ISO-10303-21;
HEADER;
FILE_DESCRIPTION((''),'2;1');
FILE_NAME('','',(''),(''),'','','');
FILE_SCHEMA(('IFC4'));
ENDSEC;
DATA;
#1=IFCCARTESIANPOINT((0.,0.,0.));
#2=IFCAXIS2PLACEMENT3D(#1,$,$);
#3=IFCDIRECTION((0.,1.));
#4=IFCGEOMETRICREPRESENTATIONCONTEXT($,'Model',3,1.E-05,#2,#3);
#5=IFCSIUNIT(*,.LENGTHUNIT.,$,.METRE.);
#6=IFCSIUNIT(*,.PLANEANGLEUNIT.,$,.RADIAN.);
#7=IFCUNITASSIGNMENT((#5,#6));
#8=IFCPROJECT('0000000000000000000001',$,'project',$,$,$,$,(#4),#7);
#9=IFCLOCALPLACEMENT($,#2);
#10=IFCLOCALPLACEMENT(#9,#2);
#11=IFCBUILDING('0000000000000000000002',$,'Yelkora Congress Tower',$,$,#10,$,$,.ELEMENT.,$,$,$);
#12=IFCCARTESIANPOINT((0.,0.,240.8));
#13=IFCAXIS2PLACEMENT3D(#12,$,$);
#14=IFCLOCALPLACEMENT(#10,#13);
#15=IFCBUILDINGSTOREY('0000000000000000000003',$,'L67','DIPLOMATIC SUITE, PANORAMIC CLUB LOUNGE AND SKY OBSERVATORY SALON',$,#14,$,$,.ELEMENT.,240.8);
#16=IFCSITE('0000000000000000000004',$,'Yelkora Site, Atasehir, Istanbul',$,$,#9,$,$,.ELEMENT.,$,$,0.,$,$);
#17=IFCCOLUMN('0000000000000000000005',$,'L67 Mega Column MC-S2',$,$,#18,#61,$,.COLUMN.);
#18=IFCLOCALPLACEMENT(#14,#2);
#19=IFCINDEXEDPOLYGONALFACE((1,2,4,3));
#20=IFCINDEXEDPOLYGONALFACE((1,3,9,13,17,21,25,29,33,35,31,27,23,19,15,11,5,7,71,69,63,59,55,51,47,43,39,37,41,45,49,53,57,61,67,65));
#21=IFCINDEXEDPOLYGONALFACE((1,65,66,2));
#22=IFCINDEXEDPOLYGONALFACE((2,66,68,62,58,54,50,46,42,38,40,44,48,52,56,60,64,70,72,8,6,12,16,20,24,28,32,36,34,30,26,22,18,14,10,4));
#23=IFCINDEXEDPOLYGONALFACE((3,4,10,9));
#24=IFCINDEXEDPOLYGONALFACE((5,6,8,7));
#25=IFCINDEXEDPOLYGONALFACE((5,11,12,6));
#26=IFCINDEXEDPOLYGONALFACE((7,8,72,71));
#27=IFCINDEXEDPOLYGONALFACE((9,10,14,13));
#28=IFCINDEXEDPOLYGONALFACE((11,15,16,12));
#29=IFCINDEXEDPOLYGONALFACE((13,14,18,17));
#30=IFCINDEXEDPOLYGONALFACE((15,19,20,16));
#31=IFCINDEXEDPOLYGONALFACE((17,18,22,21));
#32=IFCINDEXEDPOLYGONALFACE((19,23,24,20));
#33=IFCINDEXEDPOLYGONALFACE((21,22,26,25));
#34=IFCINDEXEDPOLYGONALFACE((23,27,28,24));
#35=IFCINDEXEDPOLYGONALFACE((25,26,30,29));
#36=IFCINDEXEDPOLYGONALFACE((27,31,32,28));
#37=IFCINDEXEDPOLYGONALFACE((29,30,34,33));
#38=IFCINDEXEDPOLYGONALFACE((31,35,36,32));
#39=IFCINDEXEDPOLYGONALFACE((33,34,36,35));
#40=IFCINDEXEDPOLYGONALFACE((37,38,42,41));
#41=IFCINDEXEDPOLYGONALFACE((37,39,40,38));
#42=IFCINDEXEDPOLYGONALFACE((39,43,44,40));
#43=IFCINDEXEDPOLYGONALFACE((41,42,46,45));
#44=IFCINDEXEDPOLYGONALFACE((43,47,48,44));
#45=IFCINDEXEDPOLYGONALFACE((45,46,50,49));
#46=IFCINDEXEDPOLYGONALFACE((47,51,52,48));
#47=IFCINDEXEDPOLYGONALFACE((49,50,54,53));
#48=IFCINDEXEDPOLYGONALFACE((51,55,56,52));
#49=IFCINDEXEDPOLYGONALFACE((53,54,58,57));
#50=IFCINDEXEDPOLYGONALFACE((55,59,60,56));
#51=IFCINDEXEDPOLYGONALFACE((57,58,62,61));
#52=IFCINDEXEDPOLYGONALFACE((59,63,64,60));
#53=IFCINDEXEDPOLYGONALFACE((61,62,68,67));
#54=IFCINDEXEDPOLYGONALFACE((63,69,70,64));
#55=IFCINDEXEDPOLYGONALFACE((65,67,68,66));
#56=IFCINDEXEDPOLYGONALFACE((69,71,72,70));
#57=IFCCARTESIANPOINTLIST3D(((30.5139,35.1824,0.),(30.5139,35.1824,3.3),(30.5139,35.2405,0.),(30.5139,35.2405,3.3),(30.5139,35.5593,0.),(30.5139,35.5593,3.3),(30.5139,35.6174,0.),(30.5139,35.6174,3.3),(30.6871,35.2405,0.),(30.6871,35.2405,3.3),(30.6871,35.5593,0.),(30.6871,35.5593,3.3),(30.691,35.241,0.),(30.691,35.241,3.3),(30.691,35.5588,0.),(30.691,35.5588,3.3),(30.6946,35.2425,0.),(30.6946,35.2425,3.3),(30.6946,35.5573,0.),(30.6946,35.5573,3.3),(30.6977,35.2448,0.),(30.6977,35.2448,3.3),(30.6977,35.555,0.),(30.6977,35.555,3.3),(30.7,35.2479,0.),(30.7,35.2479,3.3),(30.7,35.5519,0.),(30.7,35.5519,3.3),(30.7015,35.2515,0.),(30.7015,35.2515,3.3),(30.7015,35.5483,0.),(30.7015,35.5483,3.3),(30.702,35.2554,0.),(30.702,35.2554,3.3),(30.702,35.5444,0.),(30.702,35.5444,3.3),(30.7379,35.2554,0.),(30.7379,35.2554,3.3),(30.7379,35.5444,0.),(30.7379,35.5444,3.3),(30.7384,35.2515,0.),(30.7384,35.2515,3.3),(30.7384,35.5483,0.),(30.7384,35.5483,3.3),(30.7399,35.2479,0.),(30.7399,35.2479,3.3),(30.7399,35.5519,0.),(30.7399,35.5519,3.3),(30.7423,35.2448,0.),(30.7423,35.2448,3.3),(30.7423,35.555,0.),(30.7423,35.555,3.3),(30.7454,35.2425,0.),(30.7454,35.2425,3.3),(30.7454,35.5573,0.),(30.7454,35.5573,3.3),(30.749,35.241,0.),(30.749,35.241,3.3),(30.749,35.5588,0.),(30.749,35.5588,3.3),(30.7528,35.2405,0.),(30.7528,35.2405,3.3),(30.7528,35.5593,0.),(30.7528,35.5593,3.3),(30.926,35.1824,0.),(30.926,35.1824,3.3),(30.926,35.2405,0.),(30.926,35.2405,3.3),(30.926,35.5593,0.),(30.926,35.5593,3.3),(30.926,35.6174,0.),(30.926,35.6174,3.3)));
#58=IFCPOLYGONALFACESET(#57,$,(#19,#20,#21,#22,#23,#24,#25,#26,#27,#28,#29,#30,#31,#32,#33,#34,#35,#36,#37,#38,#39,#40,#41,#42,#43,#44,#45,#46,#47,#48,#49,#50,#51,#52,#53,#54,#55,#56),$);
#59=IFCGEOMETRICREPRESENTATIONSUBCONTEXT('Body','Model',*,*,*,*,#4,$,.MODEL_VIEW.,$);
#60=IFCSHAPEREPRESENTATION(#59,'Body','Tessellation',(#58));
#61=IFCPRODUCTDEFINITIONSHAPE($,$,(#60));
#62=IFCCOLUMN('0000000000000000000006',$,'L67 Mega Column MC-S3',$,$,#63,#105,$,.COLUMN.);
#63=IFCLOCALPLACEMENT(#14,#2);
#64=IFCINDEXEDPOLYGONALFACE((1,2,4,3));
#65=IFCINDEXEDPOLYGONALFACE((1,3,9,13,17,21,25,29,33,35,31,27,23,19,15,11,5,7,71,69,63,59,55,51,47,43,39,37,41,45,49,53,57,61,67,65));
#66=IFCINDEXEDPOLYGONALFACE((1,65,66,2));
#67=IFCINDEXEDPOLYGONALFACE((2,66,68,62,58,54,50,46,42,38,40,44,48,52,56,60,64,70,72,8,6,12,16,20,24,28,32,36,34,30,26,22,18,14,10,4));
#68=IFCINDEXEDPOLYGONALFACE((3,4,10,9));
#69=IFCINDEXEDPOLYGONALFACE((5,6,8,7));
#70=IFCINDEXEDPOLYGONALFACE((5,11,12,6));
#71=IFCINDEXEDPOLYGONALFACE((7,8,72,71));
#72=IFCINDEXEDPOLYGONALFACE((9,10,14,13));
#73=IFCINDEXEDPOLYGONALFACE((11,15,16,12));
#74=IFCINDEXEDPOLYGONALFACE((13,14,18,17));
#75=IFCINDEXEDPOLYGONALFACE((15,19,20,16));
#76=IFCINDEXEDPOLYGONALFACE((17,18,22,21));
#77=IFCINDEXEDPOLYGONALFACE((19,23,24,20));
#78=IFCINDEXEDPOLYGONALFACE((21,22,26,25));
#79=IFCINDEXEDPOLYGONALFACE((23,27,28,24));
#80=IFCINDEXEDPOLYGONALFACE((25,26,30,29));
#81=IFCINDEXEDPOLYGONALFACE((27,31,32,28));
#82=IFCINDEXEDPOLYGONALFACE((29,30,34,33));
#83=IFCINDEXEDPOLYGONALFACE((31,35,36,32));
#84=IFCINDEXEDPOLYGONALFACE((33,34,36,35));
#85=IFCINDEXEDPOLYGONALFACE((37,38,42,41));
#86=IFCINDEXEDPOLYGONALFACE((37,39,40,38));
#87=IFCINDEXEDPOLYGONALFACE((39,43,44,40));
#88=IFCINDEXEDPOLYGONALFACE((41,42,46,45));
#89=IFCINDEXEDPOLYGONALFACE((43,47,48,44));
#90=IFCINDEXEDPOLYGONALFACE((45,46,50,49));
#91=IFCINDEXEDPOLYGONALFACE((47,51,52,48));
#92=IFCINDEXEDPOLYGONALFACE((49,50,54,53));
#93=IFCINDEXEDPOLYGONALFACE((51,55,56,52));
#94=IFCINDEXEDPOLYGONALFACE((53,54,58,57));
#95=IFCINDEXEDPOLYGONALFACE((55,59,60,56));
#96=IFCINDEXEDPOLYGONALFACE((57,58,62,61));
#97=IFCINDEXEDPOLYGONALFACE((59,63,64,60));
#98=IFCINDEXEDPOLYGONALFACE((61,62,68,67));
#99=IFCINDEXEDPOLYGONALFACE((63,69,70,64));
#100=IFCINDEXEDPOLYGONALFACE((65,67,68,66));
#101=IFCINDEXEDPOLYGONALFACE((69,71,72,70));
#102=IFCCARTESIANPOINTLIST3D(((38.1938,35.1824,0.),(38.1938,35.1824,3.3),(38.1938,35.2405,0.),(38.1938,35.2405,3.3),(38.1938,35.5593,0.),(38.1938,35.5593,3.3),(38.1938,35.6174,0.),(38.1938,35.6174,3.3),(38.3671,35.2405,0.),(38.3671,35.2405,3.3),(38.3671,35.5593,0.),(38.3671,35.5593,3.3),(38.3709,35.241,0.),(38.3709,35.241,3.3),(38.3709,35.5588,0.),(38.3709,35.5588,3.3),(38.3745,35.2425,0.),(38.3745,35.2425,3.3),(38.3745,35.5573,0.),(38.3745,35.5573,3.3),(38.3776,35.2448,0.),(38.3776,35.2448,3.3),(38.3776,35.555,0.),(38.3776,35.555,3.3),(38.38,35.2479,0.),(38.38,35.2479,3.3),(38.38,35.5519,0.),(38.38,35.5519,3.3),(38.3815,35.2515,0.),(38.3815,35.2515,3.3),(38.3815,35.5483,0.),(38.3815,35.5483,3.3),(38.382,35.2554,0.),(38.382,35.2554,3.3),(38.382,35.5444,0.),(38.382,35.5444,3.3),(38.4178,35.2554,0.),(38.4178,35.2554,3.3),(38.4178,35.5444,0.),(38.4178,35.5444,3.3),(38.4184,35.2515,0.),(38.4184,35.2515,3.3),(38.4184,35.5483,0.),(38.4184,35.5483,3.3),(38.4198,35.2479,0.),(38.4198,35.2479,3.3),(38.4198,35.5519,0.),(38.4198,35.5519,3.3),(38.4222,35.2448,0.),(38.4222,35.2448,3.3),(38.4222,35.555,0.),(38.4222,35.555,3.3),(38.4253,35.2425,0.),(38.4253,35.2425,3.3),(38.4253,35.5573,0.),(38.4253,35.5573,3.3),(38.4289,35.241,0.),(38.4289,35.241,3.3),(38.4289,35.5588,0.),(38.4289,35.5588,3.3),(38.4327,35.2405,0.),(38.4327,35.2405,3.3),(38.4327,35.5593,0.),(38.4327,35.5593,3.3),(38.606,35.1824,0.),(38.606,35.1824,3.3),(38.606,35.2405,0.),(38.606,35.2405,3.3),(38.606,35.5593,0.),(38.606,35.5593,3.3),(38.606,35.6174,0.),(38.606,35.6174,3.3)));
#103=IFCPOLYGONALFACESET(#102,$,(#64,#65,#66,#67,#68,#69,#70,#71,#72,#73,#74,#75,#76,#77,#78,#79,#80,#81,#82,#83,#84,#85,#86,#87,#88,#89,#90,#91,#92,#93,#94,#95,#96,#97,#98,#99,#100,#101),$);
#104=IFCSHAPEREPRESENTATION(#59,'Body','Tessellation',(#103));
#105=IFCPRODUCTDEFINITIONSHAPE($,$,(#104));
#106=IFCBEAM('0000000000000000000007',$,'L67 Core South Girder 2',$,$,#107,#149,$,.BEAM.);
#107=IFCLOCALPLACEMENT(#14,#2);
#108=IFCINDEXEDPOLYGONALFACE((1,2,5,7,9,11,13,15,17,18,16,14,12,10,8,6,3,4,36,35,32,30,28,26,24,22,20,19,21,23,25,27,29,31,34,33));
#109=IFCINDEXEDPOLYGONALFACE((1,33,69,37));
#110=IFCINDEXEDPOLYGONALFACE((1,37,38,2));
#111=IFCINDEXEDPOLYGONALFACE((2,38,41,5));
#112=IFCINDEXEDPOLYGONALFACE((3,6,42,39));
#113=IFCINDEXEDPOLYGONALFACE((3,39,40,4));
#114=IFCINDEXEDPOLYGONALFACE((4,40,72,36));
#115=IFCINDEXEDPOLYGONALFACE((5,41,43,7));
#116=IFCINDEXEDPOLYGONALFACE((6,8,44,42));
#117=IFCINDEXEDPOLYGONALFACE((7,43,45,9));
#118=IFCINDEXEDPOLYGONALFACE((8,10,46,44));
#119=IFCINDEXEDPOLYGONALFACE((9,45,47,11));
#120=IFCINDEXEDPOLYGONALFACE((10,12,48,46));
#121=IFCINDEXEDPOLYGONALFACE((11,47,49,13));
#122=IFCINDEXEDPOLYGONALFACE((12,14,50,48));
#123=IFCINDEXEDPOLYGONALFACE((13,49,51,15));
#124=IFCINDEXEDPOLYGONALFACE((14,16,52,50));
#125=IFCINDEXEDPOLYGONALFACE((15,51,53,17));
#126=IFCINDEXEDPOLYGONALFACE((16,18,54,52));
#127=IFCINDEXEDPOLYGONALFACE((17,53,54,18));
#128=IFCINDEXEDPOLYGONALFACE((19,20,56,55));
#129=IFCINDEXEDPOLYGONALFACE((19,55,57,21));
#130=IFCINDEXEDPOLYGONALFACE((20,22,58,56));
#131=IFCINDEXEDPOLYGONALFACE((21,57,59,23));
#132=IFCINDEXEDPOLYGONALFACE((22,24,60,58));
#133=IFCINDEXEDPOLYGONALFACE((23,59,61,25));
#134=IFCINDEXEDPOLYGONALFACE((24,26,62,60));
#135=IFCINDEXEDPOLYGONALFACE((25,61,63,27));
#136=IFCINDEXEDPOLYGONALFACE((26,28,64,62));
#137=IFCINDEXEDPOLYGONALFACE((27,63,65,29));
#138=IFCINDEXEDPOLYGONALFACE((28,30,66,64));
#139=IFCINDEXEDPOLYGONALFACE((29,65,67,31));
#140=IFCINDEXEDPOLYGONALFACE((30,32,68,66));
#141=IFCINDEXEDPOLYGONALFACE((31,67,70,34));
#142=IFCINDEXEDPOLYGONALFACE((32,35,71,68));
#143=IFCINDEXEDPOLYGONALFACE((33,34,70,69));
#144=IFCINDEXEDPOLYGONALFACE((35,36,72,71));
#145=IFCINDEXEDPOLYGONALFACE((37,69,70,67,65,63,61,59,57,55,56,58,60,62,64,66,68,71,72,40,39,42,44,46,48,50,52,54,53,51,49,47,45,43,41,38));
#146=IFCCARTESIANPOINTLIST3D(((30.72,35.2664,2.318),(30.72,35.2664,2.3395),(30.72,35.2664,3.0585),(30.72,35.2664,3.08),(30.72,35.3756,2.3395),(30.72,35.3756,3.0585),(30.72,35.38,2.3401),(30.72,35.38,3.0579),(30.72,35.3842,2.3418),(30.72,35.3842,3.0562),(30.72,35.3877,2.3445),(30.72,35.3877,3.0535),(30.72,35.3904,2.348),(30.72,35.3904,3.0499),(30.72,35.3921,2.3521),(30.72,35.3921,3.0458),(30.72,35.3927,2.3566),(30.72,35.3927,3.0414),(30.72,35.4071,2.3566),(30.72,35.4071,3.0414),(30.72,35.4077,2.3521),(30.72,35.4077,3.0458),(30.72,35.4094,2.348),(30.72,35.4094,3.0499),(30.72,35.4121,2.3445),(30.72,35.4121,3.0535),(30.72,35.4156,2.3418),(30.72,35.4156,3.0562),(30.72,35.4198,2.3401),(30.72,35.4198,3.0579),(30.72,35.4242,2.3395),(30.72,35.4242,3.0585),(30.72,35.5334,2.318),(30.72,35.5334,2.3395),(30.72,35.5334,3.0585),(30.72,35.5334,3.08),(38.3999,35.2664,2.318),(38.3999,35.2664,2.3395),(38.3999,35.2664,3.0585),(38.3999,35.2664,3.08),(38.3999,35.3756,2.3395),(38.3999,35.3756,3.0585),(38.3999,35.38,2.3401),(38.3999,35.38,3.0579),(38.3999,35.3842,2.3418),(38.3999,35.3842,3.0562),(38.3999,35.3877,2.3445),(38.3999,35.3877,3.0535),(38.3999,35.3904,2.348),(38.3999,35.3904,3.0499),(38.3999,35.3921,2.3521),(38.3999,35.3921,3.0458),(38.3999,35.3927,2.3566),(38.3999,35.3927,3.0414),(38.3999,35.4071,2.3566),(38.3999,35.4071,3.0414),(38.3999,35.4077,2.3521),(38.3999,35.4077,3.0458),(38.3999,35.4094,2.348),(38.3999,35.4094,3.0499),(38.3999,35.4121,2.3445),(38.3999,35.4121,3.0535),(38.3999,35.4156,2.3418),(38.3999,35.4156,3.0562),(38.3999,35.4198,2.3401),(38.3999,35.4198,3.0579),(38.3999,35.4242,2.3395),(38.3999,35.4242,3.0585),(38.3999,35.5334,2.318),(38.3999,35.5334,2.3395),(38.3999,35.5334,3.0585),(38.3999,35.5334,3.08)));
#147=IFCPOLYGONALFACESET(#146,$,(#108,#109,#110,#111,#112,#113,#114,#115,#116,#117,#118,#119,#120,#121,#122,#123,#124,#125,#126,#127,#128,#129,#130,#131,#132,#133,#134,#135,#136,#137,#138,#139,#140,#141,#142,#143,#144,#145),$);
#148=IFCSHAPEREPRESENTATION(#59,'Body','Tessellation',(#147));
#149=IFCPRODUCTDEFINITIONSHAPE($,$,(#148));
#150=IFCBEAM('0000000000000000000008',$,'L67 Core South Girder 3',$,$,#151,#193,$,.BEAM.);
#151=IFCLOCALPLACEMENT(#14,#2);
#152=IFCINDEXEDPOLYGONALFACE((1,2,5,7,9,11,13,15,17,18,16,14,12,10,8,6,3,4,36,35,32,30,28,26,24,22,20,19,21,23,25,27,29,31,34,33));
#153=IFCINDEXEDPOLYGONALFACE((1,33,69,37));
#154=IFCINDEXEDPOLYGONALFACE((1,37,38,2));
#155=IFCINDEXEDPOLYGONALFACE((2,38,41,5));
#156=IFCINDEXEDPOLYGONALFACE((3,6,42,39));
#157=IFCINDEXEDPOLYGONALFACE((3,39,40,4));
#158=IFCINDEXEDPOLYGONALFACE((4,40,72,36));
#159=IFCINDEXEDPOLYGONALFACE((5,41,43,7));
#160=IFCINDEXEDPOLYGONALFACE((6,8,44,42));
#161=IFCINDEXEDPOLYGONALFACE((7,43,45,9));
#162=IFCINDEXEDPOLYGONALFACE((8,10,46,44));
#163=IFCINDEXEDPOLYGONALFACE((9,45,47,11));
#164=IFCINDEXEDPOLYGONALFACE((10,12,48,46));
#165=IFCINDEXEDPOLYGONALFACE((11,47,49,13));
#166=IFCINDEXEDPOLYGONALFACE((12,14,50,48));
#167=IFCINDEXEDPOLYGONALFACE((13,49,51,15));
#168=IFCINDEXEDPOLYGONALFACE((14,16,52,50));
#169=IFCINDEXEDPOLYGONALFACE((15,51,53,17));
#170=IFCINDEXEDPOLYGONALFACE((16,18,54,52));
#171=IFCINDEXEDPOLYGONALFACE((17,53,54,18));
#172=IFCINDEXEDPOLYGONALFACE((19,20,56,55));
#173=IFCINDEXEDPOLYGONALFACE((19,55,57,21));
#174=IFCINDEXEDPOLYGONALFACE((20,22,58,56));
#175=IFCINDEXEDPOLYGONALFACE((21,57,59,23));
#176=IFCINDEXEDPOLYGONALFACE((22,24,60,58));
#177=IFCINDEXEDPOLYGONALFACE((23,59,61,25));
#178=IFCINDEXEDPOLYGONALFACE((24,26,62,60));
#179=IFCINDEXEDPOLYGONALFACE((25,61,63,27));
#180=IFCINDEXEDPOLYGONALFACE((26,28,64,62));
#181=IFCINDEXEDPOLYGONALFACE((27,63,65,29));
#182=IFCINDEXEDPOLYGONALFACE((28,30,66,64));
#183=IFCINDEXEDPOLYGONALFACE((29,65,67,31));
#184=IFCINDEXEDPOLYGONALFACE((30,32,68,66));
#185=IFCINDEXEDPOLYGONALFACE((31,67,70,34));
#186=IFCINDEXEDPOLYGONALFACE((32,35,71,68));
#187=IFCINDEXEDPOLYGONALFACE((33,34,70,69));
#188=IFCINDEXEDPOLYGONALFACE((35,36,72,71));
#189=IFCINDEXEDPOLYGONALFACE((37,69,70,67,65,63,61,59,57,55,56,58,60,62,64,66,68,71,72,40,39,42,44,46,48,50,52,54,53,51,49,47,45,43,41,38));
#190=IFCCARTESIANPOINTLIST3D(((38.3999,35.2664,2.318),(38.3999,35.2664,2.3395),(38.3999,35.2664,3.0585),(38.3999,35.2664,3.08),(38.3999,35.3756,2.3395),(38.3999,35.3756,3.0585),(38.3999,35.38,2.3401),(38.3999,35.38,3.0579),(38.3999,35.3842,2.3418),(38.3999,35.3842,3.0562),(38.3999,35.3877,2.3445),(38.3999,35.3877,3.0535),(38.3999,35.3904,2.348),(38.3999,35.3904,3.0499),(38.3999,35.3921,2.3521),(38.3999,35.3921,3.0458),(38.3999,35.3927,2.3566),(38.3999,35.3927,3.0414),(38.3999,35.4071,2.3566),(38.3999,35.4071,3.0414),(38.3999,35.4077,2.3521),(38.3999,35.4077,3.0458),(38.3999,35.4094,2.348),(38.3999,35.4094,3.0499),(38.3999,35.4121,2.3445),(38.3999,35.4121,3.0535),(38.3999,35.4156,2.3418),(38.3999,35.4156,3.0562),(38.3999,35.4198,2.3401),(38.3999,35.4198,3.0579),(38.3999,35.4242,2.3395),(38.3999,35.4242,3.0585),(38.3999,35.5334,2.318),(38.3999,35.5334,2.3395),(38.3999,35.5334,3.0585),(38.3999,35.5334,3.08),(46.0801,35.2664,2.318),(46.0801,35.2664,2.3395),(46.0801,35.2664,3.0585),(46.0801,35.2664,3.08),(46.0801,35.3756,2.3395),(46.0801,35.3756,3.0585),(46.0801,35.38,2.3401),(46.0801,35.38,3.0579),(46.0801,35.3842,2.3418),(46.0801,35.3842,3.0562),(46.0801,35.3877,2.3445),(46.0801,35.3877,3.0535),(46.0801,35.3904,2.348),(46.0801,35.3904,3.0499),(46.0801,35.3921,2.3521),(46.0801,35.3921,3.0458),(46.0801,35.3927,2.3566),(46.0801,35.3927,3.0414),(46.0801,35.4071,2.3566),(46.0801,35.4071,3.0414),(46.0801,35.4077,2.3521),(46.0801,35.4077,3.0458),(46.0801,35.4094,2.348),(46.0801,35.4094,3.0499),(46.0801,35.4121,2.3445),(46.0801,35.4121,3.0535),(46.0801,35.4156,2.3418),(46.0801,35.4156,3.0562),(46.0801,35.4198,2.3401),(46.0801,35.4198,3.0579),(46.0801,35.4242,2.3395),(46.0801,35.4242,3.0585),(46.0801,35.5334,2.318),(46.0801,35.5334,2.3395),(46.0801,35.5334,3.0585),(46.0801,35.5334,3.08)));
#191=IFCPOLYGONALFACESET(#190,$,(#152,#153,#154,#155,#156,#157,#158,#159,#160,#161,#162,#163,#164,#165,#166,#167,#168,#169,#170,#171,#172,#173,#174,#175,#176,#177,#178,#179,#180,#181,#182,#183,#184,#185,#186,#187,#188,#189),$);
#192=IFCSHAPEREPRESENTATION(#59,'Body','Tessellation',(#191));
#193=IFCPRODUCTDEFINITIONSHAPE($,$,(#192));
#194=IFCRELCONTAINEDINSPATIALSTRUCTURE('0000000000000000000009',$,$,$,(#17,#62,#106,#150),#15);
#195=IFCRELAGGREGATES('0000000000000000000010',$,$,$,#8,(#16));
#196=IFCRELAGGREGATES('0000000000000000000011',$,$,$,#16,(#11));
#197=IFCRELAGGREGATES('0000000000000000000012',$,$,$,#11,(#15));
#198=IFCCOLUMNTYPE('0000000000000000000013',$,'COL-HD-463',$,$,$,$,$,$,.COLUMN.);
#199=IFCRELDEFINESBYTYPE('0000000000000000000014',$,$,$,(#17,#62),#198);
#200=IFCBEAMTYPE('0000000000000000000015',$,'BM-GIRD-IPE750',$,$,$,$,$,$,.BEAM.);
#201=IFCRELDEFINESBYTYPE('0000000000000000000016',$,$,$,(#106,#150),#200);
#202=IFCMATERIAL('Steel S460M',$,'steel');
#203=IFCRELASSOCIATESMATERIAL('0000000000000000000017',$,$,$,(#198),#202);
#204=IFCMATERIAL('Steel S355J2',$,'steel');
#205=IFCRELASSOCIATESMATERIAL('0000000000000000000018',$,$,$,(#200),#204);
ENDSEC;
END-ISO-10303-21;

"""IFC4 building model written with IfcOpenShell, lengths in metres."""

from ifc_helpers import new_model, si_unit, direction, frame, origin, origin_2d, place, context, subcontext, project, spatial, i_section, extrude, material, material_profile, profile_set, type_object, element, save


model = new_model("IFC4")

# Units and contexts
model_context = context("Model", 3, precision=1e-05, world=origin(), true_north=direction((0.0, 1.0)))
body_context = subcontext(model_context, "Body", "Model", "MODEL_VIEW")
ifc_project = project(units=[si_unit("LENGTHUNIT", "METRE"), si_unit("PLANEANGLEUNIT", "RADIAN")], contexts=[model_context])

# Site, building, storey
site_placement = place(None, origin())
site = spatial("IfcSite", under=ifc_project, at=site_placement, Name="Yelkora Site, Atasehir, Istanbul", CompositionType="ELEMENT", RefElevation=0.0)
building_placement = place(site_placement, origin())
building = spatial("IfcBuilding", under=site, at=building_placement, Name="Yelkora Congress Tower", CompositionType="ELEMENT")
storey_placement = place(building_placement, frame((0.0, 0.0, 240.8)))
storey = spatial("IfcBuildingStorey", under=building, at=storey_placement, Name="L67", Description="DIPLOMATIC SUITE, PANORAMIC CLUB LOUNGE AND SKY OBSERVATORY SALON", CompositionType="ELEMENT", Elevation=240.8)

# Columns
ifc_material_1 = material(Name="Steel S460M", Category="steel")
ifc_material_profile_1 = material_profile(ifc_material_1, i_section(OverallWidth=0.4121, OverallDepth=0.4351, WebThickness=0.0359, FlangeThickness=0.0581, FilletRadius=0.0149, at=origin_2d()), Name="HD 400x463")
ifc_profile_set_1 = profile_set([ifc_material_profile_1], Name="Steel S460M")
column_type = type_object("IfcColumnType", Name="COL-HD-463", PredefinedType="COLUMN", material=ifc_profile_set_1)
for number, where, z_axis, x_axis, name in (
    (1, (30.72, 35.3999, 0.0), (0.0, 0.0, 1.0), (1.0, 0.0, 0.0), "L67 Mega Column MC-S2"),
    (2, (38.3999, 35.3999, 0.0), (0.0, 0.0, 1.0), (1.0, 0.0, 0.0), "L67 Mega Column MC-S3"),
):
    element("IfcColumn", number, at=place(storey_placement, frame(where, z_axis=z_axis, x_axis=x_axis)), inside=storey, type_object=column_type, Name=name, PredefinedType="COLUMN", context=body_context, shape_type="SweptSolid", body=[
        extrude(i_section(OverallWidth=0.4121, OverallDepth=0.4351, WebThickness=0.0359, FlangeThickness=0.0581, FilletRadius=0.0149, at=origin_2d()), origin(), (0.0, 0.0, 1.0), 3.3),
    ])

# Beams
ifc_material_2 = material(Name="Steel S355J2", Category="steel")
ifc_material_profile_2 = material_profile(ifc_material_2, i_section(OverallWidth=0.2671, OverallDepth=0.762, WebThickness=0.0144, FlangeThickness=0.0215, FilletRadius=0.0171, at=origin_2d()), Name="IPE 750x173")
ifc_profile_set_2 = profile_set([ifc_material_profile_2], Name="Steel S355J2")
beam_type = type_object("IfcBeamType", Name="BM-GIRD-IPE750", PredefinedType="BEAM", material=ifc_profile_set_2)
beam_1_placement = place(storey_placement, frame((30.72, 35.3999, 2.699), z_axis=(1.0, 0.0, 0.0), x_axis=(0.0, 1.0, 0.0)))
element("IfcBeam", 3, at=beam_1_placement, inside=storey, type_object=beam_type, Name="L67 Core South Girder 2", PredefinedType="BEAM", context=body_context, shape_type="SweptSolid", body=[
    extrude(i_section(OverallWidth=0.2671, OverallDepth=0.762, WebThickness=0.0144, FlangeThickness=0.0215, FilletRadius=0.0171, at=origin_2d()), origin(), (0.0, 0.0, 1.0), 7.6799),
])
beam_2_placement = place(storey_placement, frame((38.3999, 35.3999, 2.699), z_axis=(1.0, 0.0, 0.0), x_axis=(0.0, 1.0, 0.0)))
element("IfcBeam", 4, at=beam_2_placement, inside=storey, type_object=beam_type, Name="L67 Core South Girder 3", PredefinedType="BEAM", context=body_context, shape_type="SweptSolid", body=[
    extrude(i_section(OverallWidth=0.2671, OverallDepth=0.762, WebThickness=0.0144, FlangeThickness=0.0215, FilletRadius=0.0171, at=origin_2d()), origin(), (0.0, 0.0, 1.0), 7.6802),
])

save(model, "model.ifc")
